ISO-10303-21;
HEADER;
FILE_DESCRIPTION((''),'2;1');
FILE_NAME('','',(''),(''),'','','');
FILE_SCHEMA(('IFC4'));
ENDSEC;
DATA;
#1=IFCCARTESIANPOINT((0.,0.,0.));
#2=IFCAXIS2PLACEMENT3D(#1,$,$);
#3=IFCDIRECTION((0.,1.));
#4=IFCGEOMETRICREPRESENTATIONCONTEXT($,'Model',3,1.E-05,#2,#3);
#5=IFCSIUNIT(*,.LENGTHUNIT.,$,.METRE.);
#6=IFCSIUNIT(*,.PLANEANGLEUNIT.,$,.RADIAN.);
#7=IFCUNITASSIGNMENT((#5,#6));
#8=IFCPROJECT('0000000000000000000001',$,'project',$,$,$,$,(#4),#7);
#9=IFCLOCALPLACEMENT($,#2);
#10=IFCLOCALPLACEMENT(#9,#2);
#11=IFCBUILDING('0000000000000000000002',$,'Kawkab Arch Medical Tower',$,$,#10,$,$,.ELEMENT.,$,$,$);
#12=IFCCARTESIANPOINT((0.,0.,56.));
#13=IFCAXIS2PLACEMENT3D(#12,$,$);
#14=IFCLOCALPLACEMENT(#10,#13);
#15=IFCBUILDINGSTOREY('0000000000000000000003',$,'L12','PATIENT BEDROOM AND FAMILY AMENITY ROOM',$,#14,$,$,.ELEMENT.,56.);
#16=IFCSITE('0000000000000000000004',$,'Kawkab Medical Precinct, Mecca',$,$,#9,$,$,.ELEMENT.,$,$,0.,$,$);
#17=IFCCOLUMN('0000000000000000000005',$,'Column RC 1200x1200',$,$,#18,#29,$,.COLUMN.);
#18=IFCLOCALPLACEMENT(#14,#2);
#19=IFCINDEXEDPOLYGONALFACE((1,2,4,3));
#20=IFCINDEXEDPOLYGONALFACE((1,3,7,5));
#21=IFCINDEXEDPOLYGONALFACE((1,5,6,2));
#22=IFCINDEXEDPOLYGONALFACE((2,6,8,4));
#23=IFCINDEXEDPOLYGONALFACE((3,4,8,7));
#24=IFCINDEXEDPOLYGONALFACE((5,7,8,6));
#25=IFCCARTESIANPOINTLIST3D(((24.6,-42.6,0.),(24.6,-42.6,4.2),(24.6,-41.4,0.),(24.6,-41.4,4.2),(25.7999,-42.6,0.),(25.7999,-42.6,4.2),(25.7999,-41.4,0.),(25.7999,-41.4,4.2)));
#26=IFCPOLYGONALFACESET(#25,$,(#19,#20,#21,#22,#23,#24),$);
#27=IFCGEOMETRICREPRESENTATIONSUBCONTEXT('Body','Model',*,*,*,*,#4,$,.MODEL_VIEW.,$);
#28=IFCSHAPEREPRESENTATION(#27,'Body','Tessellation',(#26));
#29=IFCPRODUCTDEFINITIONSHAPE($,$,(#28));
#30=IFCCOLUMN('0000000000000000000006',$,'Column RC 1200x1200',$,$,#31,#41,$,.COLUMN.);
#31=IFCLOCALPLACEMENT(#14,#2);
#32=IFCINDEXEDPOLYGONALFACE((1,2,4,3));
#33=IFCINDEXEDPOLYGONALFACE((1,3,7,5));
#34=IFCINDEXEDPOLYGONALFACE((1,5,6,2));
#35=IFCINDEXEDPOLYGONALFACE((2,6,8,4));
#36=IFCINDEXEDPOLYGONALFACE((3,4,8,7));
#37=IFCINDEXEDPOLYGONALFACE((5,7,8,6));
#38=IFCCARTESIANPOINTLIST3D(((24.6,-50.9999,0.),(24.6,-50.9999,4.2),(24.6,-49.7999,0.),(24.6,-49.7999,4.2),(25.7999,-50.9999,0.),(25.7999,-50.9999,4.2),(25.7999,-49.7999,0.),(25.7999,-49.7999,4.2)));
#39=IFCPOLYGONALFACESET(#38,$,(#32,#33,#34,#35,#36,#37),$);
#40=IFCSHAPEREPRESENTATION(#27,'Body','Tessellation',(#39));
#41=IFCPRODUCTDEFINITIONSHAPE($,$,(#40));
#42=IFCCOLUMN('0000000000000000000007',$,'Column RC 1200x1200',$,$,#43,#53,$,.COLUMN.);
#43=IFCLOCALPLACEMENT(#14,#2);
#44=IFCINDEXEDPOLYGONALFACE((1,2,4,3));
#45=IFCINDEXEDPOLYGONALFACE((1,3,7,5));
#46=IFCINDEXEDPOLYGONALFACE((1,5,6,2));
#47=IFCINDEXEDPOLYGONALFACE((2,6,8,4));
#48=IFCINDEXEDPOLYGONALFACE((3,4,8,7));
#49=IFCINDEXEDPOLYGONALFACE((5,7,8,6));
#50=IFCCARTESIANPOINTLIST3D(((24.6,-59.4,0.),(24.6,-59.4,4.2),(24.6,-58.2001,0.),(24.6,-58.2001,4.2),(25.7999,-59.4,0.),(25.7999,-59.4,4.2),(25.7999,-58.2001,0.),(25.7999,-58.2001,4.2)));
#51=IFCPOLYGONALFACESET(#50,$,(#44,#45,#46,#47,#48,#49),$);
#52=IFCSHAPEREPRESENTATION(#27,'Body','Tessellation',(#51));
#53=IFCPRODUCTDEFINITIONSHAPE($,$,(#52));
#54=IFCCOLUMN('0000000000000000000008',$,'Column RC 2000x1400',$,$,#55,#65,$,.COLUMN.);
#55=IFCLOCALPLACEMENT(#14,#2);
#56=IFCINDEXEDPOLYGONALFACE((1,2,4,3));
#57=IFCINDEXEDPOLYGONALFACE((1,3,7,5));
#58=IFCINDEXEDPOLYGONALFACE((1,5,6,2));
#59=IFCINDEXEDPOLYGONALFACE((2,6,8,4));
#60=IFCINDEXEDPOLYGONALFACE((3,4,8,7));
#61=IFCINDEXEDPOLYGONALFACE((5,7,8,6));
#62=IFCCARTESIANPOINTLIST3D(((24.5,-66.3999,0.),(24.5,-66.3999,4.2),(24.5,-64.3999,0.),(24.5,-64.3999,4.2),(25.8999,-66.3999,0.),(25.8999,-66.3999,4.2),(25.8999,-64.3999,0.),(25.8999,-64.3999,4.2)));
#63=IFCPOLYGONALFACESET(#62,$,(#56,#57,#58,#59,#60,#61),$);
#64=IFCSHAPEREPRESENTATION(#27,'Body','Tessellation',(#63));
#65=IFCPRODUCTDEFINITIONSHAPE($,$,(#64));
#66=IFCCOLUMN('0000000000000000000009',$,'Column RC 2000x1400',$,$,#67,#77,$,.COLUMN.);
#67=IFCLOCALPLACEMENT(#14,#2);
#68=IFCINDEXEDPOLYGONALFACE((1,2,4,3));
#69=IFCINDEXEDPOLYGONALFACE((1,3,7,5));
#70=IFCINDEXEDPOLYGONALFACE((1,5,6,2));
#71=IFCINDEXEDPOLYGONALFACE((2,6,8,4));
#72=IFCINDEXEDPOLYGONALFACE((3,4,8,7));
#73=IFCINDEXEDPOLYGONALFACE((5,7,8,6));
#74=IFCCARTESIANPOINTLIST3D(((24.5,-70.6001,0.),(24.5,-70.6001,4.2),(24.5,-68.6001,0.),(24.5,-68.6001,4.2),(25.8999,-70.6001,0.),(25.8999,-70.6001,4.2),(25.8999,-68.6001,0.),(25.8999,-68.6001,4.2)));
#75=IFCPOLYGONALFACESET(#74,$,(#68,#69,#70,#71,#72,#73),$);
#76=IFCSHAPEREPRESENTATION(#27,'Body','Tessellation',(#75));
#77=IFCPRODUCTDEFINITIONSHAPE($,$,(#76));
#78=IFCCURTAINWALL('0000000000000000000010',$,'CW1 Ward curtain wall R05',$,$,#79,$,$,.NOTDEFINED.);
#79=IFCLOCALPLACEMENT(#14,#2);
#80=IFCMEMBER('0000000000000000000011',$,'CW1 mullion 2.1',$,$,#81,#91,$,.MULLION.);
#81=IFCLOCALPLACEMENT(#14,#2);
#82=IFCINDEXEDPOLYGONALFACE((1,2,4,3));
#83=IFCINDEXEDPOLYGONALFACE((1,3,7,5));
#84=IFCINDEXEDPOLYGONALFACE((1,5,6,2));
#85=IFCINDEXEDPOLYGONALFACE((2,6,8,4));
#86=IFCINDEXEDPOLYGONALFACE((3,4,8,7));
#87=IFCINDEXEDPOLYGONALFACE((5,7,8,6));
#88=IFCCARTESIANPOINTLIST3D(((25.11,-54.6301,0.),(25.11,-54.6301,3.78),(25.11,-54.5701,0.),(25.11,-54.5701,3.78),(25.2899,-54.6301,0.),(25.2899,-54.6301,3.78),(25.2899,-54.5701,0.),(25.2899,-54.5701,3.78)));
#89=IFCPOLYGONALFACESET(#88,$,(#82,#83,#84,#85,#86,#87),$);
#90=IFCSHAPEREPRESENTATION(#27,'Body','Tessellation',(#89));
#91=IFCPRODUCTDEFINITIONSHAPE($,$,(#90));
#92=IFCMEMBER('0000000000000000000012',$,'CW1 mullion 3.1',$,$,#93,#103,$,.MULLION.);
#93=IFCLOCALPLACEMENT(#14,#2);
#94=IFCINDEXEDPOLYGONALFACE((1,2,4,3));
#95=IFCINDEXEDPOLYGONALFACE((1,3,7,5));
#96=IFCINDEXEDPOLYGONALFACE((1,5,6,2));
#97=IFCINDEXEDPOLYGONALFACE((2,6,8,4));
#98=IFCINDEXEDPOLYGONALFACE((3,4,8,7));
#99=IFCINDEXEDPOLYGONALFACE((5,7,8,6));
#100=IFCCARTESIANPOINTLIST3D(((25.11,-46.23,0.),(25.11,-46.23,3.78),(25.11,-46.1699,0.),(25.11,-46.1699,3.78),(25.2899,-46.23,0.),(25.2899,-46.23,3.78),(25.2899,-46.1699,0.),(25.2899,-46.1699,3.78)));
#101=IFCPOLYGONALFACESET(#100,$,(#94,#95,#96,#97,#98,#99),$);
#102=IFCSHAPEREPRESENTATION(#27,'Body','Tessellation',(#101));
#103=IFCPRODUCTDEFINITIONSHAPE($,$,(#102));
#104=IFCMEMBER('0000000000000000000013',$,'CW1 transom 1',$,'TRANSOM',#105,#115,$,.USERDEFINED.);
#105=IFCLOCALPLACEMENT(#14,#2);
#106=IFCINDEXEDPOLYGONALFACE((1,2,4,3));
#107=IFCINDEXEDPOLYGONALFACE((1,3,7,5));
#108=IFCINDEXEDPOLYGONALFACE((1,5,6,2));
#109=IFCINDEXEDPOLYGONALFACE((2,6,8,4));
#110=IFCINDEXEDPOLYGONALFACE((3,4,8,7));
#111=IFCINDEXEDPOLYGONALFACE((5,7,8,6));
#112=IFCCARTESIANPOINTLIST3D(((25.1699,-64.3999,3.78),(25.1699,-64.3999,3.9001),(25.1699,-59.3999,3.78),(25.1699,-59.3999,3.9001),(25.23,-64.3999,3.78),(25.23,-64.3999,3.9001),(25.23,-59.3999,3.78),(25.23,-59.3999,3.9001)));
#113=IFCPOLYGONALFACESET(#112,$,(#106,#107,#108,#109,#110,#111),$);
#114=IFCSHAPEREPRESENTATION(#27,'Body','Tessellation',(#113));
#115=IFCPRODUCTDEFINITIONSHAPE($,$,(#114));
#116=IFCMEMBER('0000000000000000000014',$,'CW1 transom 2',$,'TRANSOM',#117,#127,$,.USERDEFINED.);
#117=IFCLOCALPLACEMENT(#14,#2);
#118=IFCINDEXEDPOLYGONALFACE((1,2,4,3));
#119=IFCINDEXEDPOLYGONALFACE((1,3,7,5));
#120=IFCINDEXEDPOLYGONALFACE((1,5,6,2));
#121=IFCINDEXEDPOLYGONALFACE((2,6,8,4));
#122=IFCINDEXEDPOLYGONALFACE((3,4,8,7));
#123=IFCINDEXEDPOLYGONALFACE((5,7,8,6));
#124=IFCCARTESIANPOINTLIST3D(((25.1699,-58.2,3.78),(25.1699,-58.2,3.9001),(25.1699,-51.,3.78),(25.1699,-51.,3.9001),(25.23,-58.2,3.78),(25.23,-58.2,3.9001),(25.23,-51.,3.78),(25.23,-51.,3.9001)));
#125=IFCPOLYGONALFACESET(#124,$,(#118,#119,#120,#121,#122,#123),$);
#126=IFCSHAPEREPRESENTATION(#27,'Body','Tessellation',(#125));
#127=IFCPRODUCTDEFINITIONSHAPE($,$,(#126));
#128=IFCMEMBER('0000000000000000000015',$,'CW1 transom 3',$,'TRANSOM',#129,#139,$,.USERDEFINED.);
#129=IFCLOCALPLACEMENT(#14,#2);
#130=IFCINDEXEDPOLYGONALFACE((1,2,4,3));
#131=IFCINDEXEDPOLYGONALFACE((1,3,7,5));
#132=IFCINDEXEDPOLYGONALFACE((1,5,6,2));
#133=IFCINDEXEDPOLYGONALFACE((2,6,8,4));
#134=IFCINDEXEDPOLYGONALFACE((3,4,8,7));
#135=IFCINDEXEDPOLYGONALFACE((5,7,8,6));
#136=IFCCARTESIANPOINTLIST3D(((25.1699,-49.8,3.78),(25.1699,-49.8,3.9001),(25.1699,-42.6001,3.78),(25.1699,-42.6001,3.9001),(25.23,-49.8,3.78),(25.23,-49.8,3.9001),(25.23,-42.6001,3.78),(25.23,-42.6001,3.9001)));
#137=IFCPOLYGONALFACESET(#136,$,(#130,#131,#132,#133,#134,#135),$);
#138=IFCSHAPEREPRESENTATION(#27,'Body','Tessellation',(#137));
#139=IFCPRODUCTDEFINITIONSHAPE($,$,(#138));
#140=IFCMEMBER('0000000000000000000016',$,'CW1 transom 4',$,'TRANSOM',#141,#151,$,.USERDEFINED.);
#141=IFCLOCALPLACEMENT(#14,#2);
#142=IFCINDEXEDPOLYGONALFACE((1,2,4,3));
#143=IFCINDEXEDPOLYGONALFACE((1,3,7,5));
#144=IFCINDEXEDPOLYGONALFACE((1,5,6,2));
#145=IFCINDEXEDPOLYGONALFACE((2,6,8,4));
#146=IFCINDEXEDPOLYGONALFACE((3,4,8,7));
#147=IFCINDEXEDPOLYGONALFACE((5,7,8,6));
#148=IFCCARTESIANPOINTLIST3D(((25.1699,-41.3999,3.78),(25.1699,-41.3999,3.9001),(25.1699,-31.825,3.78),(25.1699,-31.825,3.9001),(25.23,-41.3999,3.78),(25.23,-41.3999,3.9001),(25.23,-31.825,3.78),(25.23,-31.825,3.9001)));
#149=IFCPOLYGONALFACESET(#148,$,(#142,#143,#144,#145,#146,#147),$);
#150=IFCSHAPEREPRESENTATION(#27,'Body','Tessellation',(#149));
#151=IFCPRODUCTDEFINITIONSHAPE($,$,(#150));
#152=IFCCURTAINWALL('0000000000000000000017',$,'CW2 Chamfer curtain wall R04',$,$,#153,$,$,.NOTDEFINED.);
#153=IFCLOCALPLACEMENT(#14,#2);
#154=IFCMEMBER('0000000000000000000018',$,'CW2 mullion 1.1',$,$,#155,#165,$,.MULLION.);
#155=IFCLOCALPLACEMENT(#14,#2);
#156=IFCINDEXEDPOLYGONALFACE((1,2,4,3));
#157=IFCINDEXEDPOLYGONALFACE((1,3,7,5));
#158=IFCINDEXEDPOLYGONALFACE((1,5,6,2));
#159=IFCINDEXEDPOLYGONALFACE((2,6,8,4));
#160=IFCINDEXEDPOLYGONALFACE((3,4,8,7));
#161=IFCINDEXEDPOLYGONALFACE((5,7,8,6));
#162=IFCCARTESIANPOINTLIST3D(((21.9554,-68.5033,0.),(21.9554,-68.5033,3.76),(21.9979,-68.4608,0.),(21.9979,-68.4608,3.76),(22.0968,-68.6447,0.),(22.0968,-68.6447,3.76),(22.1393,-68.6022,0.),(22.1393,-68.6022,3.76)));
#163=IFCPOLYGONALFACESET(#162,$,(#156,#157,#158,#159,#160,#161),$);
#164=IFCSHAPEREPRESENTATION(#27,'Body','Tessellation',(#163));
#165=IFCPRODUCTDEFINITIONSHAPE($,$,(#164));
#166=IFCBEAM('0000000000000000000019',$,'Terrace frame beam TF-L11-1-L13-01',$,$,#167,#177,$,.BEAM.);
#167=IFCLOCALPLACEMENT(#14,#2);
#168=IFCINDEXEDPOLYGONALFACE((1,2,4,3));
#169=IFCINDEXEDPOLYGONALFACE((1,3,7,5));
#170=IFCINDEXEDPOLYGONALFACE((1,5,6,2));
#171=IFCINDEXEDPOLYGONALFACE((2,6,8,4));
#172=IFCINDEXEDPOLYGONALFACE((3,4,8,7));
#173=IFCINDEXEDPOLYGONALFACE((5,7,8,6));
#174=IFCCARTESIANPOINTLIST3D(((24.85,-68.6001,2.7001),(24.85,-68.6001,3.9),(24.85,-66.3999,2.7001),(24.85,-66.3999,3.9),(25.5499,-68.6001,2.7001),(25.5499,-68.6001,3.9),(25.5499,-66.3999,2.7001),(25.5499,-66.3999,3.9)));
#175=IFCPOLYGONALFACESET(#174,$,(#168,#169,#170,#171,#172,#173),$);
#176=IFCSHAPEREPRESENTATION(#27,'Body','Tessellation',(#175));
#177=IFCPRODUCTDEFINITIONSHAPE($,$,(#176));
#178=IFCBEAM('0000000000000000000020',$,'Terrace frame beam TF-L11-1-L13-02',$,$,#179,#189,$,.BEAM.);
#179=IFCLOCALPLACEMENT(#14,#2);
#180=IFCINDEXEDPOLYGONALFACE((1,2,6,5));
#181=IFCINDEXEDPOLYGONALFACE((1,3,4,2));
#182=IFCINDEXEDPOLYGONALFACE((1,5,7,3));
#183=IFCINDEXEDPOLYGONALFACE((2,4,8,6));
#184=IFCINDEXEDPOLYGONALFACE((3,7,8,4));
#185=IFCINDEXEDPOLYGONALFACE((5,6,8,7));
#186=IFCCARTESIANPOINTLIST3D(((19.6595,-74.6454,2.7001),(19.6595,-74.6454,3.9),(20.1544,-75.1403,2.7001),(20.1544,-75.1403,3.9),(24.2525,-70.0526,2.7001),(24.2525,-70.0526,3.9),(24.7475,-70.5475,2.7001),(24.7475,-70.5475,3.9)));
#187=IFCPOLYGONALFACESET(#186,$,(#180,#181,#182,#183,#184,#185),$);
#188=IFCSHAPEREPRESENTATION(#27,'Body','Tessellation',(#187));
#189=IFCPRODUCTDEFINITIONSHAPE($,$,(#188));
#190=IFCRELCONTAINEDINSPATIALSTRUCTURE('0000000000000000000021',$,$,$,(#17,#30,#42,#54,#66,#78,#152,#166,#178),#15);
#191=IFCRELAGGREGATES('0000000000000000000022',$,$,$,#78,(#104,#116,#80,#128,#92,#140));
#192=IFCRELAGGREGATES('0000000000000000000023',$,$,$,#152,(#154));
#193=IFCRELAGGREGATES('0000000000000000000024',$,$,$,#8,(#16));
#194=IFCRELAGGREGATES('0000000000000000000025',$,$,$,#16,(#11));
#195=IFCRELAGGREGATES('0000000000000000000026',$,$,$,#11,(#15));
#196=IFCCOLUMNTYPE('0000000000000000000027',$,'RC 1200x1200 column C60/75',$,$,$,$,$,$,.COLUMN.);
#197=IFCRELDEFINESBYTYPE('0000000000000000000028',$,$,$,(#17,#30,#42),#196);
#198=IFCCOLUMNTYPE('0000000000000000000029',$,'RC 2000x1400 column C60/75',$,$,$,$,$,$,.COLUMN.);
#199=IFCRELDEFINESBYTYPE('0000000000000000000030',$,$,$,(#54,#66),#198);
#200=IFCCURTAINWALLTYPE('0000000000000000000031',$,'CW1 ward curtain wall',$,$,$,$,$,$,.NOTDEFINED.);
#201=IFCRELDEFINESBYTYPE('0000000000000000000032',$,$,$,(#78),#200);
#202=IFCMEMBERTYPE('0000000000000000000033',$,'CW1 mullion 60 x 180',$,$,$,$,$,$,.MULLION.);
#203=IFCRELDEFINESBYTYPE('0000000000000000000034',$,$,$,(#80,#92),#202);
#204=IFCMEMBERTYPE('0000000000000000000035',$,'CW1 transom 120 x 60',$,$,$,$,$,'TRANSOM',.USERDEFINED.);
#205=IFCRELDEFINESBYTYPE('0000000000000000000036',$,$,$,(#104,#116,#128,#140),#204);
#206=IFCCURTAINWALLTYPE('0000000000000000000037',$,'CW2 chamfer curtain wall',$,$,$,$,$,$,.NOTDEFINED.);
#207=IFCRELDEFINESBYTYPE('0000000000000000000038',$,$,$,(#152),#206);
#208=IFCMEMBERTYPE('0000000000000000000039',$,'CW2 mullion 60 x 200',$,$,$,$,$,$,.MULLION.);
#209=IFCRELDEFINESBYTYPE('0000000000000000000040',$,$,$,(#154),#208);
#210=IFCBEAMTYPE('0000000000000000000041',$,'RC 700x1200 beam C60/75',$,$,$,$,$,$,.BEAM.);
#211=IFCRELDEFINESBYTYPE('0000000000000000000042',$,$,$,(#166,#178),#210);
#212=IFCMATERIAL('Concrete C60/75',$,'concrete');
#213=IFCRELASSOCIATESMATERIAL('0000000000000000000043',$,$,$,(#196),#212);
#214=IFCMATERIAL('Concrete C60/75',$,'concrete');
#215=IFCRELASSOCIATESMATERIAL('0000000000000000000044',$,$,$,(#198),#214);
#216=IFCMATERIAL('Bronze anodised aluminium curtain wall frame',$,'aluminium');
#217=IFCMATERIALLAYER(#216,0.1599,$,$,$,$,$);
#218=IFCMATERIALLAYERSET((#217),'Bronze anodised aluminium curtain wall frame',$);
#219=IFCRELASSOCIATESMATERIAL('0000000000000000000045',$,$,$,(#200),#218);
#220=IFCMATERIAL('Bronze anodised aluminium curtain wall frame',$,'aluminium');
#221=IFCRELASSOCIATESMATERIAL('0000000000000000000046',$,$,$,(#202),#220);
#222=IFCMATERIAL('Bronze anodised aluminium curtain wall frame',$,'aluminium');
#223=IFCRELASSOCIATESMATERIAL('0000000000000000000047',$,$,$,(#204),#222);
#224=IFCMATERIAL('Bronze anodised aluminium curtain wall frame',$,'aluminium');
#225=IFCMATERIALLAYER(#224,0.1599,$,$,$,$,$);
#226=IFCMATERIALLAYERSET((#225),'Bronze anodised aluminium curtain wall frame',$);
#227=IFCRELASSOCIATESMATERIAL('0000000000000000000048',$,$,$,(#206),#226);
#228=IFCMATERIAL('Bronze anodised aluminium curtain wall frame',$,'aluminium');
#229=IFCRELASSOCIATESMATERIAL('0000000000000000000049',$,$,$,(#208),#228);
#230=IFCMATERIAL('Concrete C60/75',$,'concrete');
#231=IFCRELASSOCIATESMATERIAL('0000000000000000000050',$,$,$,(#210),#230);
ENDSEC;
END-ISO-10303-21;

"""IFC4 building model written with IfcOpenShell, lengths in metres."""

from ifc_helpers import new_model, si_unit, direction, frame, origin, origin_2d, place, context, subcontext, project, spatial, rectangle, extrude, material, layer, layer_set, material_profile, profile_set, type_object, element, aggregate, save


model = new_model("IFC4")

# Units and contexts
model_context = context("Model", 3, precision=1e-05, world=origin(), true_north=direction((0.0, 1.0)))
body_context = subcontext(model_context, "Body", "Model", "MODEL_VIEW")
ifc_project = project(units=[si_unit("LENGTHUNIT", "METRE"), si_unit("PLANEANGLEUNIT", "RADIAN")], contexts=[model_context])

# Site, building, storey
site_placement = place(None, origin())
site = spatial("IfcSite", under=ifc_project, at=site_placement, Name="Kawkab Medical Precinct, Mecca", CompositionType="ELEMENT", RefElevation=0.0)
building_placement = place(site_placement, origin())
building = spatial("IfcBuilding", under=site, at=building_placement, Name="Kawkab Arch Medical Tower", CompositionType="ELEMENT")
storey_placement = place(building_placement, frame((0.0, 0.0, 56.0)))
storey = spatial("IfcBuildingStorey", under=building, at=storey_placement, Name="L12", Description="PATIENT BEDROOM AND FAMILY AMENITY ROOM", CompositionType="ELEMENT", Elevation=56.0)

# Columns
ifc_material_1 = material(Name="Concrete C60/75", Category="concrete")
ifc_material_profile_1 = material_profile(ifc_material_1, rectangle(XDim=1.2, YDim=1.2, at=origin_2d()), Name="RC 1200x1200")
ifc_profile_set_1 = profile_set([ifc_material_profile_1], Name="Concrete C60/75")
column_type_1 = type_object("IfcColumnType", Name="RC 1200x1200 column C60/75", PredefinedType="COLUMN", material=ifc_profile_set_1)
for number, where, z_axis, x_axis, name in (
    (1, (25.2, -42.0, 0.0), (0.0, 0.0, 1.0), (1.0, 0.0, 0.0), "Column RC 1200x1200"),
    (2, (25.2, -50.3999, 0.0), (0.0, 0.0, 1.0), (1.0, 0.0, 0.0), "Column RC 1200x1200"),
    (3, (25.2, -58.8, 0.0), (0.0, 0.0, 1.0), (1.0, 0.0, 0.0), "Column RC 1200x1200"),
):
    element("IfcColumn", number, at=place(storey_placement, frame(where, z_axis=z_axis, x_axis=x_axis)), inside=storey, type_object=column_type_1, Name=name, PredefinedType="COLUMN", context=body_context, shape_type="SweptSolid", body=[
        extrude(rectangle(XDim=1.2, YDim=1.2, at=origin_2d()), origin(), (0.0, 0.0, 1.0), 4.2),
    ])
ifc_material_2 = material(Name="Concrete C60/75", Category="concrete")
ifc_material_profile_2 = material_profile(ifc_material_2, rectangle(XDim=2.0, YDim=1.3999, at=origin_2d()), Name="RC 2000x1400")
ifc_profile_set_2 = profile_set([ifc_material_profile_2], Name="Concrete C60/75")
column_type_2 = type_object("IfcColumnType", Name="RC 2000x1400 column C60/75", PredefinedType="COLUMN", material=ifc_profile_set_2)
for number, where, z_axis, x_axis, name in (
    (4, (25.2, -65.3999, 0.0), (0.0, 0.0, 1.0), (0.0, -1.0, 0.0), "Column RC 2000x1400"),
    (5, (25.2, -69.6001, 0.0), (0.0, 0.0, 1.0), (0.0, -1.0, 0.0), "Column RC 2000x1400"),
):
    element("IfcColumn", number, at=place(storey_placement, frame(where, z_axis=z_axis, x_axis=x_axis)), inside=storey, type_object=column_type_2, Name=name, PredefinedType="COLUMN", context=body_context, shape_type="SweptSolid", body=[
        extrude(rectangle(XDim=2.0, YDim=1.3999, at=origin_2d()), origin(), (0.0, 0.0, 1.0), 4.2),
    ])

# Curtain wall, members
ifc_material_3 = material(Name="Bronze anodised aluminium curtain wall frame", Category="aluminium")
ifc_layer_1 = layer(ifc_material_3, 0.1599)
ifc_layer_set_1 = layer_set([ifc_layer_1], Name="Bronze anodised aluminium curtain wall frame")
curtain_wall_type_1 = type_object("IfcCurtainWallType", Name="CW1 ward curtain wall", PredefinedType="NOTDEFINED", material=ifc_layer_set_1)
placement = place(storey_placement, origin())
curtain_wall_1 = element("IfcCurtainWall", 6, at=placement, inside=storey, type_object=curtain_wall_type_1, Name="CW1 Ward curtain wall R05", PredefinedType="NOTDEFINED")
ifc_material_4 = material(Name="Bronze anodised aluminium curtain wall frame", Category="aluminium")
ifc_material_profile_3 = material_profile(ifc_material_4, rectangle(XDim=0.1799, YDim=0.0601, at=origin_2d()), Name="AL 60x180")
ifc_profile_set_3 = profile_set([ifc_material_profile_3], Name="Bronze anodised aluminium curtain wall frame")
member_type_1 = type_object("IfcMemberType", Name="CW1 mullion 60 x 180", PredefinedType="MULLION", material=ifc_profile_set_3)
member_1_placement = place(storey_placement, frame((25.2, -54.6001, 0.0), z_axis=(0.0, 0.0, 1.0), x_axis=(-1.0, 0.0, 0.0)))
member_1 = element("IfcMember", 7, at=member_1_placement, type_object=member_type_1, Name="CW1 mullion 2.1", PredefinedType="MULLION", context=body_context, shape_type="SweptSolid", body=[
    extrude(rectangle(XDim=0.1799, YDim=0.0601, at=origin_2d()), origin(), (0.0, 0.0, 1.0), 3.78),
])
member_2_placement = place(storey_placement, frame((25.2, -46.2, 0.0), z_axis=(0.0, 0.0, 1.0), x_axis=(-1.0, 0.0, 0.0)))
member_2 = element("IfcMember", 8, at=member_2_placement, type_object=member_type_1, Name="CW1 mullion 3.1", PredefinedType="MULLION", context=body_context, shape_type="SweptSolid", body=[
    extrude(rectangle(XDim=0.1799, YDim=0.0601, at=origin_2d()), origin(), (0.0, 0.0, 1.0), 3.78),
])
ifc_material_5 = material(Name="Bronze anodised aluminium curtain wall frame", Category="aluminium")
ifc_material_profile_4 = material_profile(ifc_material_5, rectangle(XDim=0.0601, YDim=0.1201, at=origin_2d()), Name="AL 60x120")
ifc_profile_set_4 = profile_set([ifc_material_profile_4], Name="Bronze anodised aluminium curtain wall frame")
member_type_2 = type_object("IfcMemberType", Name="CW1 transom 120 x 60", ElementType="TRANSOM", PredefinedType="USERDEFINED", material=ifc_profile_set_4)
member_3_placement = place(storey_placement, frame((25.2, -64.3999, 3.8401), z_axis=(0.0, 1.0, 0.0), x_axis=(-1.0, 0.0, 0.0)))
member_3 = element("IfcMember", 9, at=member_3_placement, type_object=member_type_2, Name="CW1 transom 1", ObjectType="TRANSOM", PredefinedType="USERDEFINED", context=body_context, shape_type="SweptSolid", body=[
    extrude(rectangle(XDim=0.0601, YDim=0.1201, at=origin_2d()), origin(), (0.0, 0.0, 1.0), 5.0),
])
member_4_placement = place(storey_placement, frame((25.2, -58.2, 3.8401), z_axis=(0.0, 1.0, 0.0), x_axis=(-1.0, 0.0, 0.0)))
member_4 = element("IfcMember", 10, at=member_4_placement, type_object=member_type_2, Name="CW1 transom 2", ObjectType="TRANSOM", PredefinedType="USERDEFINED", context=body_context, shape_type="SweptSolid", body=[
    extrude(rectangle(XDim=0.0601, YDim=0.1201, at=origin_2d()), origin(), (0.0, 0.0, 1.0), 7.2),
])
member_5_placement = place(storey_placement, frame((25.2, -49.8, 3.8401), z_axis=(0.0, 1.0, 0.0), x_axis=(-1.0, 0.0, 0.0)))
member_5 = element("IfcMember", 11, at=member_5_placement, type_object=member_type_2, Name="CW1 transom 3", ObjectType="TRANSOM", PredefinedType="USERDEFINED", context=body_context, shape_type="SweptSolid", body=[
    extrude(rectangle(XDim=0.0601, YDim=0.1201, at=origin_2d()), origin(), (0.0, 0.0, 1.0), 7.2),
])
member_6_placement = place(storey_placement, frame((25.2, -41.3999, 3.8401), z_axis=(0.0, 1.0, 0.0), x_axis=(-1.0, 0.0, 0.0)))
member_6 = element("IfcMember", 12, at=member_6_placement, type_object=member_type_2, Name="CW1 transom 4", ObjectType="TRANSOM", PredefinedType="USERDEFINED", context=body_context, shape_type="SweptSolid", body=[
    extrude(rectangle(XDim=0.0601, YDim=0.1201, at=origin_2d()), origin(), (0.0, 0.0, 1.0), 9.575),
])

# Curtain wall, member
ifc_material_6 = material(Name="Bronze anodised aluminium curtain wall frame", Category="aluminium")
ifc_layer_2 = layer(ifc_material_6, 0.1599)
ifc_layer_set_2 = layer_set([ifc_layer_2], Name="Bronze anodised aluminium curtain wall frame")
curtain_wall_type_2 = type_object("IfcCurtainWallType", Name="CW2 chamfer curtain wall", PredefinedType="NOTDEFINED", material=ifc_layer_set_2)
curtain_wall_2 = element("IfcCurtainWall", 13, at=placement, inside=storey, type_object=curtain_wall_type_2, Name="CW2 Chamfer curtain wall R04", PredefinedType="NOTDEFINED")
ifc_material_7 = material(Name="Bronze anodised aluminium curtain wall frame", Category="aluminium")
ifc_material_profile_5 = material_profile(ifc_material_7, rectangle(XDim=0.2, YDim=0.0601, at=origin_2d()), Name="AL 60x200")
ifc_profile_set_5 = profile_set([ifc_material_profile_5], Name="Bronze anodised aluminium curtain wall frame")
member_type_3 = type_object("IfcMemberType", Name="CW2 mullion 60 x 200", PredefinedType="MULLION", material=ifc_profile_set_5)
member_7_placement = place(storey_placement, frame((22.0474, -68.5527, 0.0), z_axis=(0.0, 0.0, 1.0), x_axis=(-0.707107, 0.707107, 0.0)))
member_7 = element("IfcMember", 14, at=member_7_placement, type_object=member_type_3, Name="CW2 mullion 1.1", PredefinedType="MULLION", context=body_context, shape_type="SweptSolid", body=[
    extrude(rectangle(XDim=0.2, YDim=0.0601, at=origin_2d()), origin(), (0.0, 0.0, 1.0), 3.76),
])

# Beams
ifc_material_8 = material(Name="Concrete C60/75", Category="concrete")
ifc_material_profile_6 = material_profile(ifc_material_8, rectangle(XDim=0.7, YDim=1.2, at=origin_2d()), Name="RC 700x1200")
ifc_profile_set_6 = profile_set([ifc_material_profile_6], Name="Concrete C60/75")
beam_type = type_object("IfcBeamType", Name="RC 700x1200 beam C60/75", PredefinedType="BEAM", material=ifc_profile_set_6)
beam_1_placement = place(storey_placement, frame((25.2, -66.3999, 3.3), z_axis=(0.0, -1.0, 0.0), x_axis=(1.0, 0.0, 0.0)))
element("IfcBeam", 15, at=beam_1_placement, inside=storey, type_object=beam_type, Name="Terrace frame beam TF-L11-1-L13-01", PredefinedType="BEAM", context=body_context, shape_type="SweptSolid", body=[
    extrude(rectangle(XDim=0.7, YDim=1.2, at=origin_2d()), origin(), (0.0, 0.0, 1.0), 2.2002),
])
beam_2_placement = place(storey_placement, frame((24.5, -70.3, 3.3), z_axis=(-0.707126, -0.707088, 0.0), x_axis=(0.707088, -0.707126, 0.0)))
element("IfcBeam", 16, at=beam_2_placement, inside=storey, type_object=beam_type, Name="Terrace frame beam TF-L11-1-L13-02", PredefinedType="BEAM", context=body_context, shape_type="SweptSolid", body=[
    extrude(rectangle(XDim=0.7, YDim=1.2, at=origin_2d()), origin(), (0.0, 0.0, 1.0), 6.4954),
])

aggregate(curtain_wall_1, [member_3, member_4, member_1, member_5, member_2, member_6])
aggregate(curtain_wall_2, [member_7])

save(model, "model.ifc")
